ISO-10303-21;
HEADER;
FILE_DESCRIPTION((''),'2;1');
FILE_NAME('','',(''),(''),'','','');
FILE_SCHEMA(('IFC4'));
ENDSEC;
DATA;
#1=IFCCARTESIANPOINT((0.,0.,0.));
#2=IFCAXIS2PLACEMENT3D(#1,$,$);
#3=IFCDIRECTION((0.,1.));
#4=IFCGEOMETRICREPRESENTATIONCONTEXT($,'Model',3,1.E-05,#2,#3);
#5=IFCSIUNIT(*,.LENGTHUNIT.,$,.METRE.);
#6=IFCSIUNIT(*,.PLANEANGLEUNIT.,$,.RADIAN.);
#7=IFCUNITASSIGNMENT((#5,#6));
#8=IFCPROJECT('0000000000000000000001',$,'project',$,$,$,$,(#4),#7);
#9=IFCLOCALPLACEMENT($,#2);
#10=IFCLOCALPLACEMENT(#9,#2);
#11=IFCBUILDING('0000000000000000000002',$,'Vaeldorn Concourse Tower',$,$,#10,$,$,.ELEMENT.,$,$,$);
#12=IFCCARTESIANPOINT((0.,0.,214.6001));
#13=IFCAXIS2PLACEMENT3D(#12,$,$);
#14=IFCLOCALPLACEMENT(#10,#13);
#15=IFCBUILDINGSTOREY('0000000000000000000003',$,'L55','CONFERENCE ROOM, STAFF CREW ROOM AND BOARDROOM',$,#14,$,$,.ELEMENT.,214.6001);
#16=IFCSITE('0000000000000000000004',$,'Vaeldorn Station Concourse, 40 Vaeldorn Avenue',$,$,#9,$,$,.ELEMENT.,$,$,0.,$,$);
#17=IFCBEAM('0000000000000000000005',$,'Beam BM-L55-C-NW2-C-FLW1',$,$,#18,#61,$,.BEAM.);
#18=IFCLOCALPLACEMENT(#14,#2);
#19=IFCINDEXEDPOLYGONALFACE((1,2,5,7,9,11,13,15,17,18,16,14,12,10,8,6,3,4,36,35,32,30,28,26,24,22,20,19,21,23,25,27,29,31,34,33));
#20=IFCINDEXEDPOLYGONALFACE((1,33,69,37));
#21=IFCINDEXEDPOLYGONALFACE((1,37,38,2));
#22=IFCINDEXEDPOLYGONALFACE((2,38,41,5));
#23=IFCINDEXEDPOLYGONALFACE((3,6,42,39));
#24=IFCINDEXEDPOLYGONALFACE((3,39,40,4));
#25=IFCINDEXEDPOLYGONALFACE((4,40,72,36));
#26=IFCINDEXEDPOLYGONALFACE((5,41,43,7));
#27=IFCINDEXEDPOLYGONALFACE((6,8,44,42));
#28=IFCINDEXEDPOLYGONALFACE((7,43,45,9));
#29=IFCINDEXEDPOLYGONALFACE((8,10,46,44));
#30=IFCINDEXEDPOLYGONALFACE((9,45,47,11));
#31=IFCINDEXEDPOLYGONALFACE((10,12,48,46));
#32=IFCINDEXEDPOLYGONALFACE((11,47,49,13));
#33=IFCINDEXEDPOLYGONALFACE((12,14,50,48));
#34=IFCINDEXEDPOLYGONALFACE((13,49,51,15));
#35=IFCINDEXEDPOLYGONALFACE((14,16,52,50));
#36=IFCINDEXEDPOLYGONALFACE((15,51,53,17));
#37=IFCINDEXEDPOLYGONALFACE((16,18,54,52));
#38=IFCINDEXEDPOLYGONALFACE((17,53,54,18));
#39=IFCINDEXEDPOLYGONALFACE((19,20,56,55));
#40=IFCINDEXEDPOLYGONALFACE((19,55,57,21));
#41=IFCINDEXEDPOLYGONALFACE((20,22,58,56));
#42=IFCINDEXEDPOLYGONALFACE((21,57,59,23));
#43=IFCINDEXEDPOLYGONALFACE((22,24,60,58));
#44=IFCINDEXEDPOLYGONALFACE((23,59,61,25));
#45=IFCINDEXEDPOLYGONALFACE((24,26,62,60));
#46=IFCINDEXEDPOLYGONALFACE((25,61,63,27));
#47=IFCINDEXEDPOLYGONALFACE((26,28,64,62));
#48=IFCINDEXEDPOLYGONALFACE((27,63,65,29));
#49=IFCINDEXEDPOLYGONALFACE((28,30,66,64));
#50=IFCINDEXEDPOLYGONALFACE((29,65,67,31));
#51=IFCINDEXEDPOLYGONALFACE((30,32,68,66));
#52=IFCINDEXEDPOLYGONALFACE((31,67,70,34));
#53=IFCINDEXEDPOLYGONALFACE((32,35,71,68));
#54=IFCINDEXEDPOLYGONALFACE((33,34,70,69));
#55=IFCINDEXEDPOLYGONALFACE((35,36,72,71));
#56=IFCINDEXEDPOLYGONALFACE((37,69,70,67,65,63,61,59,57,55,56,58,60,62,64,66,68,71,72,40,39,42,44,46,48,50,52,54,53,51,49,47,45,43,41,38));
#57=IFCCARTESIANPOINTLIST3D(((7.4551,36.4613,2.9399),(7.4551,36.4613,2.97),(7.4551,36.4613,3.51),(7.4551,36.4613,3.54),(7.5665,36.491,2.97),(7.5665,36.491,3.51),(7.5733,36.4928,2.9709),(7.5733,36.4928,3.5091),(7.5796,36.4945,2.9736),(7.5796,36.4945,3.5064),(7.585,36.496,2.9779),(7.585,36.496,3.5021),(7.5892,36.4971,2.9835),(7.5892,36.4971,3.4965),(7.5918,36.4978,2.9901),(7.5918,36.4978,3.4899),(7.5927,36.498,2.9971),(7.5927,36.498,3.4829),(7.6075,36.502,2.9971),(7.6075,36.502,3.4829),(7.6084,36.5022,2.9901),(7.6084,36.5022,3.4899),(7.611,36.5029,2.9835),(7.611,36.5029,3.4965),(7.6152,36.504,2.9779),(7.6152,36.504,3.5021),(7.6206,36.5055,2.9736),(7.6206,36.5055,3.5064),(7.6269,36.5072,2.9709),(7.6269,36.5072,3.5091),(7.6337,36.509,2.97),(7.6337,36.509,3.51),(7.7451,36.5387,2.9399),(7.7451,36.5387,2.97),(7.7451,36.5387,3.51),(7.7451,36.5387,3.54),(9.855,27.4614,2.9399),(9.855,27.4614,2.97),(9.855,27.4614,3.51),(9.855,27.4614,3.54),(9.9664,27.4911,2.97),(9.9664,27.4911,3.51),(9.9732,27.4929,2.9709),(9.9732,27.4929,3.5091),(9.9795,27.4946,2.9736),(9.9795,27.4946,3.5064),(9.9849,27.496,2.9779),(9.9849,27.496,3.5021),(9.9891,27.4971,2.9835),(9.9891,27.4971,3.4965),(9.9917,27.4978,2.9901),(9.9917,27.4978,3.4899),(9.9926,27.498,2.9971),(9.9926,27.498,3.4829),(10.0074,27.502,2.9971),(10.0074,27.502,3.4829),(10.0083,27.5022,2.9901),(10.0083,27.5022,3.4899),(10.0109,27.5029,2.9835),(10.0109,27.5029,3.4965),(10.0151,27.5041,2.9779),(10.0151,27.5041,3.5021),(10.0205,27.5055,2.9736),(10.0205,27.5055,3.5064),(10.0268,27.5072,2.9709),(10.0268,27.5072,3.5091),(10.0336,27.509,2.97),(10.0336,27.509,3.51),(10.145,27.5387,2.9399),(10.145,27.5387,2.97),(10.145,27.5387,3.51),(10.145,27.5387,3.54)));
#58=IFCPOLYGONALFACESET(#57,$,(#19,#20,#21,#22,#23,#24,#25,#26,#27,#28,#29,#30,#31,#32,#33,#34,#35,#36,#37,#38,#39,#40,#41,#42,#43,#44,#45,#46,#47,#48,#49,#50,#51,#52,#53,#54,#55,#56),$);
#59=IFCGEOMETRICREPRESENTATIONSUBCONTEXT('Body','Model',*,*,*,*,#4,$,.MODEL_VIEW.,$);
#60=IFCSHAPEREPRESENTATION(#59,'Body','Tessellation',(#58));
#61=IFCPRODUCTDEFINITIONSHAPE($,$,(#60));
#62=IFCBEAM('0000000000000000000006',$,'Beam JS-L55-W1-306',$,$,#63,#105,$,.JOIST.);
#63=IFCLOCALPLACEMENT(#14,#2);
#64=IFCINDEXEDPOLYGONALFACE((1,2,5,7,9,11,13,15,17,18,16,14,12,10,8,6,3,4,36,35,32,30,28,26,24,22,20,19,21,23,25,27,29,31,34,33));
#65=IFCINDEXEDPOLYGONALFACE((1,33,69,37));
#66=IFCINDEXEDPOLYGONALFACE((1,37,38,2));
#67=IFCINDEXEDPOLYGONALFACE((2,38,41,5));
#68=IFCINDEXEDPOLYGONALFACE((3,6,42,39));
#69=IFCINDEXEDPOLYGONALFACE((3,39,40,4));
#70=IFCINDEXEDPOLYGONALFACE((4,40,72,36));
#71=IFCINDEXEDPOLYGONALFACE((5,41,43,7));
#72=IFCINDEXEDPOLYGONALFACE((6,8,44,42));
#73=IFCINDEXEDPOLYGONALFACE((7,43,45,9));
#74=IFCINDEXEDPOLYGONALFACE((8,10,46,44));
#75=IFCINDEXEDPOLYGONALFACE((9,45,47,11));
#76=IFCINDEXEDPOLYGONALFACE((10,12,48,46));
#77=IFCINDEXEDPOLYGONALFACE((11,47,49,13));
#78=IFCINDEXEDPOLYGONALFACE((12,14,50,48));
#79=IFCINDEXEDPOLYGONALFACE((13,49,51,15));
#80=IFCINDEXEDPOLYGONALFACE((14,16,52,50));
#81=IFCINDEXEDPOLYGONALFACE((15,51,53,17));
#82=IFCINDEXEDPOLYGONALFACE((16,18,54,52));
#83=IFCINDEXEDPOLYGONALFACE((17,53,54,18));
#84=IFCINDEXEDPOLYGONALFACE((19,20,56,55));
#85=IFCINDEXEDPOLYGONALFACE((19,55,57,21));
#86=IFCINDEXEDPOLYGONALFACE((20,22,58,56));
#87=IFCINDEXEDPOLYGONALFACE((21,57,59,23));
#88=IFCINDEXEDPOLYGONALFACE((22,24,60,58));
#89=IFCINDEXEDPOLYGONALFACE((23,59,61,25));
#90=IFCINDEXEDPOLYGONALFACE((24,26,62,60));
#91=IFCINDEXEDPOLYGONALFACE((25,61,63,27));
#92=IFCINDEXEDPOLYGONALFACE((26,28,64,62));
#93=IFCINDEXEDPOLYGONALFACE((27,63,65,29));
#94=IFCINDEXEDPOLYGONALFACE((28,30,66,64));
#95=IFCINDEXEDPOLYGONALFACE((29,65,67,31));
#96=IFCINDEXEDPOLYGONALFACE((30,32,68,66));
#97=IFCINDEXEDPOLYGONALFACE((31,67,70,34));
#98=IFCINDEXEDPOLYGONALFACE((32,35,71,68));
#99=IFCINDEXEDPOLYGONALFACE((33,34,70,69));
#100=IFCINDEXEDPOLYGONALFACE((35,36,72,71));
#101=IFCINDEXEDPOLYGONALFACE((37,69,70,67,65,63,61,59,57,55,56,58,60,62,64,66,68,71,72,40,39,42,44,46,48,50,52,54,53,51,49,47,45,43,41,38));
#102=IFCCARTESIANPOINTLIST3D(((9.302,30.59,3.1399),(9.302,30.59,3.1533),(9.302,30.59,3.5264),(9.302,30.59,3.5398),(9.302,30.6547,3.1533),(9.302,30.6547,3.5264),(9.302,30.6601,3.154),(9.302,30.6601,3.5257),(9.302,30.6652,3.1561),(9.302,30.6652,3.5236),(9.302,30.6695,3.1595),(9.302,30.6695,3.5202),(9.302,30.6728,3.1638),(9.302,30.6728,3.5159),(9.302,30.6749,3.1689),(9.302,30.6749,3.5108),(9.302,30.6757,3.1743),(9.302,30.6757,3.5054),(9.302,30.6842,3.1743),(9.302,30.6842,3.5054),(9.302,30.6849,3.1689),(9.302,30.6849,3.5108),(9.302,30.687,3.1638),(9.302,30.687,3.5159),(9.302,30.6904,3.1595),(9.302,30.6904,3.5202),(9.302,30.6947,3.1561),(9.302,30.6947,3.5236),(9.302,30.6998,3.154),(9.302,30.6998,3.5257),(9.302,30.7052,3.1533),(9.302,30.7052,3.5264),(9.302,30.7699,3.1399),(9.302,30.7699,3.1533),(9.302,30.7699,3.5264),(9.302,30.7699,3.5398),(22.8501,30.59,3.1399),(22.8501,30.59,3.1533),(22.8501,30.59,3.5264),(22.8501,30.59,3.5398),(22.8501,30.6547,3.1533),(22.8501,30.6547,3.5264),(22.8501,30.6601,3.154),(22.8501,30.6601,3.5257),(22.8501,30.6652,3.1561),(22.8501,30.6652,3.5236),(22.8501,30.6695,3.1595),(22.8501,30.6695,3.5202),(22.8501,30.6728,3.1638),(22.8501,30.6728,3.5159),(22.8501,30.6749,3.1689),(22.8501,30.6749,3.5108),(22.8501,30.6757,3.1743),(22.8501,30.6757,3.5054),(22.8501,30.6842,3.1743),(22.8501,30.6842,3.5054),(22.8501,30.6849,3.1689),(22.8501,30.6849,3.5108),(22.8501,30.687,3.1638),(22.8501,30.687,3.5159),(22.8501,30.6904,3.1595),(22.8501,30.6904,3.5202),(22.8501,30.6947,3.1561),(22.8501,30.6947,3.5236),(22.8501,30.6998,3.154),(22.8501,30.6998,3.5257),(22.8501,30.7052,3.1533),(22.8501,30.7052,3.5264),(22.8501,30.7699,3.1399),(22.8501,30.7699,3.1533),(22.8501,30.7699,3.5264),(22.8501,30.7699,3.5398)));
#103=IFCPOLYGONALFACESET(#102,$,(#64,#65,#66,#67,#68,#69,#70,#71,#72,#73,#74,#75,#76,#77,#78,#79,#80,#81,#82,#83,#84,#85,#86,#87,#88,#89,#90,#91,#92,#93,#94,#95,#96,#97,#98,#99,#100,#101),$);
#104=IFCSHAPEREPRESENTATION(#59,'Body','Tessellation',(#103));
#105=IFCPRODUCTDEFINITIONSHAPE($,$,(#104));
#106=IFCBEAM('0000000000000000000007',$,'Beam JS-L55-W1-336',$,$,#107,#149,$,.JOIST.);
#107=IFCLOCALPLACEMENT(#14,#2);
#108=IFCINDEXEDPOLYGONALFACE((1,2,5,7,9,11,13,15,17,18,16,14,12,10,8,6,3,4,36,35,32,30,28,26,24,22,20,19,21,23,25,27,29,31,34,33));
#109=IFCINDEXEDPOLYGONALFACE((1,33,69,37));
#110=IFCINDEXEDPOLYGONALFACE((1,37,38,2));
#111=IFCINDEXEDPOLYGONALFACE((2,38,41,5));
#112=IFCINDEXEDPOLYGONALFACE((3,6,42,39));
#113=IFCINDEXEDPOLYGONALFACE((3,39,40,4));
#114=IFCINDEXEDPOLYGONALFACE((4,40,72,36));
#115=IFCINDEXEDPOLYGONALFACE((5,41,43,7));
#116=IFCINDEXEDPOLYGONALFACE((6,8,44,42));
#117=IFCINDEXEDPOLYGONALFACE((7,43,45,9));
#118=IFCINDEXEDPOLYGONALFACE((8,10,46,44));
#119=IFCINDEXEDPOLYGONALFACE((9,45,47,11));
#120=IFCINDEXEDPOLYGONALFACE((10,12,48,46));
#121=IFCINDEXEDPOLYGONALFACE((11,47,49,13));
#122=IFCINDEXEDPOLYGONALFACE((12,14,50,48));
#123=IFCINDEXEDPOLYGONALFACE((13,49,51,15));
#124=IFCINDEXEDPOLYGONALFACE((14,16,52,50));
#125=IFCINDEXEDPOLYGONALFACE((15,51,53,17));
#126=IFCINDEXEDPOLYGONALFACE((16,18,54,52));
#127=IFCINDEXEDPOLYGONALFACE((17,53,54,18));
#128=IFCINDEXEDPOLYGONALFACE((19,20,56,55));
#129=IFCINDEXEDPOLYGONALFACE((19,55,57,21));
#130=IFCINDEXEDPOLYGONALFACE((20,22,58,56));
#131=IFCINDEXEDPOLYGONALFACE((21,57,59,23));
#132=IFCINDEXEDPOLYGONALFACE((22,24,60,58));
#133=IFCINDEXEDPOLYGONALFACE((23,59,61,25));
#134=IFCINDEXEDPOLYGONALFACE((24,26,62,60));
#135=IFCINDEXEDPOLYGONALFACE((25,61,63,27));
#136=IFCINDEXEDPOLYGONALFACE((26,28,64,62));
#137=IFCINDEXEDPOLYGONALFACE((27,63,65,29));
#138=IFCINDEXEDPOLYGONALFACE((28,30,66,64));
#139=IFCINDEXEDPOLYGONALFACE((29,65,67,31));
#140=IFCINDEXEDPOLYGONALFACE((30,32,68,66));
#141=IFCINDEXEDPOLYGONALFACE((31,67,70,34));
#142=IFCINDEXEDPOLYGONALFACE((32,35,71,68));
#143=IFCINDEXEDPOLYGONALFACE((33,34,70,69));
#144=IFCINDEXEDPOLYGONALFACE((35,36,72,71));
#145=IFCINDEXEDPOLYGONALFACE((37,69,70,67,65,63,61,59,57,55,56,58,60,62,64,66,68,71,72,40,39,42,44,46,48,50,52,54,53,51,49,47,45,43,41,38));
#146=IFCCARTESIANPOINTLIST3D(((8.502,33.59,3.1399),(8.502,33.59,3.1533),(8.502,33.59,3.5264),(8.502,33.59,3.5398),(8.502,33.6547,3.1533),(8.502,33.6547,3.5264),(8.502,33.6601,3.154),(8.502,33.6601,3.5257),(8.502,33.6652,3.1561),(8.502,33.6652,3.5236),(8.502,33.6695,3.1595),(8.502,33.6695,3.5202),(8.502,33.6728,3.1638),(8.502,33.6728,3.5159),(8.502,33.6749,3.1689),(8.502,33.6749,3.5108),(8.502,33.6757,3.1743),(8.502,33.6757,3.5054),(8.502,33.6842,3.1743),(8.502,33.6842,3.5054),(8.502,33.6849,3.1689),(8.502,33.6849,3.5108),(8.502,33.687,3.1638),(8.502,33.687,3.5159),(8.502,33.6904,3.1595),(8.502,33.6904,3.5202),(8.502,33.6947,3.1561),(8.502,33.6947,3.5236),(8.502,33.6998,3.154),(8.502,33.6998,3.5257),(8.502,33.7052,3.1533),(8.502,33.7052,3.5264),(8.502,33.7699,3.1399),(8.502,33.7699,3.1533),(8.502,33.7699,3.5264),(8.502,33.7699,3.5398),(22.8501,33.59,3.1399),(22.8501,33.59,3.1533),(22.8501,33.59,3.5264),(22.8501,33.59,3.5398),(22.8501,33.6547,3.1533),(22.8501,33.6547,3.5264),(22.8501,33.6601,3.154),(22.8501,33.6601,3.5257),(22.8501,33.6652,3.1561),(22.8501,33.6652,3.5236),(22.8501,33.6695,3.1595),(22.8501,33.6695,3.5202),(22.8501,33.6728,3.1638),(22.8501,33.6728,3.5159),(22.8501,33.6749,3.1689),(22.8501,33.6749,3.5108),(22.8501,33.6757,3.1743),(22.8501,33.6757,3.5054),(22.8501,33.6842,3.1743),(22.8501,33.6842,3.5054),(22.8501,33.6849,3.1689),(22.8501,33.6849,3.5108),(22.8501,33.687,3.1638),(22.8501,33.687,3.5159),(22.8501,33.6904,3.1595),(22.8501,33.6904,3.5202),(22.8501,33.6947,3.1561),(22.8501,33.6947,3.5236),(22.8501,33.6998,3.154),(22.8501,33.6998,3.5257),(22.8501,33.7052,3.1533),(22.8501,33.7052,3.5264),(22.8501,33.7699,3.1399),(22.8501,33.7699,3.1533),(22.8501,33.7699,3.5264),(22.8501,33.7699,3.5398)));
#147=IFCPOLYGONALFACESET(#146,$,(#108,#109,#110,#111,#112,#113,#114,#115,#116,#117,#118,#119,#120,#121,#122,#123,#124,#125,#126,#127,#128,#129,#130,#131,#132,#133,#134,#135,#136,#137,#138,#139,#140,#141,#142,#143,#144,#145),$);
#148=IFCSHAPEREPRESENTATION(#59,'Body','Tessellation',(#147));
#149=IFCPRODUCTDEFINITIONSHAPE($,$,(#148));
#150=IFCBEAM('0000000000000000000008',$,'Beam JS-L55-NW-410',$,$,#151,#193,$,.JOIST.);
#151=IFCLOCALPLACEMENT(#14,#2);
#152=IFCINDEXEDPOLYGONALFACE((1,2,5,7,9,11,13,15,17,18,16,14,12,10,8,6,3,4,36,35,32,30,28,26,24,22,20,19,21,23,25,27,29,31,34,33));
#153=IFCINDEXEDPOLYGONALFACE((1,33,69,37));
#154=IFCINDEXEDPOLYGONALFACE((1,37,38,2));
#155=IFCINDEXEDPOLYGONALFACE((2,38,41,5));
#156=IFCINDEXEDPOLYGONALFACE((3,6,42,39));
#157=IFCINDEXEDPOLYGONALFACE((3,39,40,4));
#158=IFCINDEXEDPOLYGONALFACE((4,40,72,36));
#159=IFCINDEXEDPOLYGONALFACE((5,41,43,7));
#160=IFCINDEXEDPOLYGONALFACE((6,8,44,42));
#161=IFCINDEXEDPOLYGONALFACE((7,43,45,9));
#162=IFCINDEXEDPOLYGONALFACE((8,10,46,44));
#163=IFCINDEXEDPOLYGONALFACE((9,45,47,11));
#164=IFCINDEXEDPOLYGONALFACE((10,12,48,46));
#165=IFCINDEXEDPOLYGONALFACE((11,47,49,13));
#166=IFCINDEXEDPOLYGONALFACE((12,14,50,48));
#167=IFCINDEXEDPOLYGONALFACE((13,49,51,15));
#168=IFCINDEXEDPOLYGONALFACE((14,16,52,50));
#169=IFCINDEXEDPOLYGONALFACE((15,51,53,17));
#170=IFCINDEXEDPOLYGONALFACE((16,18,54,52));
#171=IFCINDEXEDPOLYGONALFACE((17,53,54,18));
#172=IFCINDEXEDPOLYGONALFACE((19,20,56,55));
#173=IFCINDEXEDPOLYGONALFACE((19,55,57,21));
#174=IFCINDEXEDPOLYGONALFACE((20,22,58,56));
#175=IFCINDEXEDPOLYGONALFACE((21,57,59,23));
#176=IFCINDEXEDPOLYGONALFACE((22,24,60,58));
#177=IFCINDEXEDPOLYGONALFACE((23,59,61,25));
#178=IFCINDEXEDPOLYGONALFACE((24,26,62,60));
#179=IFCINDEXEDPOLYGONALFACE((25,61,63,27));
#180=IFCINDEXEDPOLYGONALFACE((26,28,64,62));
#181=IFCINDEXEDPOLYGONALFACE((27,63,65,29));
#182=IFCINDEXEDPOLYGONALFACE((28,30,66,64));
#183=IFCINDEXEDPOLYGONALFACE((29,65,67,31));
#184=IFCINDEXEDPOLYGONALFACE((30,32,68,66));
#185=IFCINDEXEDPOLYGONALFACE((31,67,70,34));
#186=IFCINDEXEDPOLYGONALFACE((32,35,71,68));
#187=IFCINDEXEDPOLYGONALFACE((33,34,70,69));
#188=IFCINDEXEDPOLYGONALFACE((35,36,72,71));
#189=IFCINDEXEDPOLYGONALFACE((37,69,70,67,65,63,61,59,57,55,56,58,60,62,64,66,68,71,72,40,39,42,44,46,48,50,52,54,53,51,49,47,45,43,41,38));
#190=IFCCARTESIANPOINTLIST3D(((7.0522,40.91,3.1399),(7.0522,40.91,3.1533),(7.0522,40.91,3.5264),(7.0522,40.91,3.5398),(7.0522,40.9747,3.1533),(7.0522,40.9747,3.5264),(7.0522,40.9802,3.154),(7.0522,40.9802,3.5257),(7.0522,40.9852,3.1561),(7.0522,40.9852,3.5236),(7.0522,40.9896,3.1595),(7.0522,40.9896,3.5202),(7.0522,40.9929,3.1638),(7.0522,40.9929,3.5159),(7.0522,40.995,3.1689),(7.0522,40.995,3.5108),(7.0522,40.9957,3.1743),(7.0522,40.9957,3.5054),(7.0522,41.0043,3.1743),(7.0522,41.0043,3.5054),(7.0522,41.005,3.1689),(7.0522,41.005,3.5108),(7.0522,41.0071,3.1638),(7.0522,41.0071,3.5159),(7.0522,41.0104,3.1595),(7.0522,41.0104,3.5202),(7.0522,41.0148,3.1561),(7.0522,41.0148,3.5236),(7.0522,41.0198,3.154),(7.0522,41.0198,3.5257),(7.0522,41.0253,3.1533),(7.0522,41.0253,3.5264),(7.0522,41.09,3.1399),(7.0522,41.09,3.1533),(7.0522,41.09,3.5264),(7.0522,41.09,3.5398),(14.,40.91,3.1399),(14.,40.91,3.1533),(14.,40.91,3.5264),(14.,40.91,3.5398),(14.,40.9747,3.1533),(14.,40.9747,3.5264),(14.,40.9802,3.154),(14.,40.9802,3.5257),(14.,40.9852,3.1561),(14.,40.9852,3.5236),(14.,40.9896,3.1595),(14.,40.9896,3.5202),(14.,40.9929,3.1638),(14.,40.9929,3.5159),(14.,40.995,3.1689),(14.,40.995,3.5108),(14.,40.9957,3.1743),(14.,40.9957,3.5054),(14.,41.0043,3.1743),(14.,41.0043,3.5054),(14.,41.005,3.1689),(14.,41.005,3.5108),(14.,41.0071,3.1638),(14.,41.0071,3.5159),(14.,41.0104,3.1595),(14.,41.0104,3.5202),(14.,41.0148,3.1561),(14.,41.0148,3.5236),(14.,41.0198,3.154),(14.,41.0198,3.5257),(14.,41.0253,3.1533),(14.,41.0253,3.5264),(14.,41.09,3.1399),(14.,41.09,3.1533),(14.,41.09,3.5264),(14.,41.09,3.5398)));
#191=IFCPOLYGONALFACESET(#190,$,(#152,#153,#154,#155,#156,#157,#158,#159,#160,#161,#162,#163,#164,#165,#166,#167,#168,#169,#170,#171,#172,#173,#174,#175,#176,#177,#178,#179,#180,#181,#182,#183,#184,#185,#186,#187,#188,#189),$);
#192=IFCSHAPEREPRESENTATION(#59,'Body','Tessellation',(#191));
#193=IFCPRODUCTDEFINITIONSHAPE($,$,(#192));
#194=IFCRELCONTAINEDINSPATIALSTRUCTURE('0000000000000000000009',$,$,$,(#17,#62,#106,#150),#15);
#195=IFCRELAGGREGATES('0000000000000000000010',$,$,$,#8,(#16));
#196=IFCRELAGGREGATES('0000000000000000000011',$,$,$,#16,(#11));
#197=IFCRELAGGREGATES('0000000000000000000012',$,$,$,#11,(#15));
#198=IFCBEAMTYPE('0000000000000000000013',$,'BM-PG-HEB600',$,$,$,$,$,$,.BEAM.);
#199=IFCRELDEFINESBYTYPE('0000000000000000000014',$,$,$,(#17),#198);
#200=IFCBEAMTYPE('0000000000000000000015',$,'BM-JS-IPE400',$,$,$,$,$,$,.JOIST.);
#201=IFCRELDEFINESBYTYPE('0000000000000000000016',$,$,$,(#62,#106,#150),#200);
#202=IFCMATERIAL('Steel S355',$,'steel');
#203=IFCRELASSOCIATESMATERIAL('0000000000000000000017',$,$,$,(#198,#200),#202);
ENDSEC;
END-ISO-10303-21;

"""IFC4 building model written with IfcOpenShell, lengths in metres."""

from ifc_helpers import new_model, si_unit, direction, frame, origin, origin_2d, place, context, subcontext, project, spatial, i_section, extrude, source, transform, mapped, material, material_profile, profile_set, type_object, element, save


model = new_model("IFC4")

# Units and contexts
model_context = context("Model", 3, precision=1e-05, world=origin(), true_north=direction((0.0, 1.0)))
body_context = subcontext(model_context, "Body", "Model", "MODEL_VIEW")
ifc_project = project(units=[si_unit("LENGTHUNIT", "METRE"), si_unit("PLANEANGLEUNIT", "RADIAN")], contexts=[model_context])

# Site, building, storey
site_placement = place(None, origin())
site = spatial("IfcSite", under=ifc_project, at=site_placement, Name="Vaeldorn Station Concourse, 40 Vaeldorn Avenue", CompositionType="ELEMENT", RefElevation=0.0)
building_placement = place(site_placement, origin())
building = spatial("IfcBuilding", under=site, at=building_placement, Name="Vaeldorn Concourse Tower", CompositionType="ELEMENT")
storey_placement = place(building_placement, frame((0.0, 0.0, 214.6001)))
storey = spatial("IfcBuildingStorey", under=building, at=storey_placement, Name="L55", Description="CONFERENCE ROOM, STAFF CREW ROOM AND BOARDROOM", CompositionType="ELEMENT", Elevation=214.6001)

# Beams
ifc_material_1 = material(Name="Steel S355", Category="steel")
ifc_material_profile_1 = material_profile(ifc_material_1, i_section(OverallWidth=0.3, OverallDepth=0.6001, WebThickness=0.0154, FlangeThickness=0.03, FilletRadius=0.0271, at=origin_2d()), Name="HEB 600")
ifc_profile_set_1 = profile_set([ifc_material_profile_1], Name="Steel S355")
beam_type_1 = type_object("IfcBeamType", Name="BM-PG-HEB600", PredefinedType="BEAM", material=ifc_profile_set_1)
shared_shape_1 = source(origin(), body_context, "Body", "SweptSolid", [
    extrude(i_section(OverallWidth=0.3, OverallDepth=0.6001, WebThickness=0.0154, FlangeThickness=0.03, FilletRadius=0.0271, at=origin_2d()), origin(), (0.0, 0.0, 1.0), 9.3145),
])
beam_1_placement = place(storey_placement, frame((7.6001, 36.5, 3.24), z_axis=(0.257653, -0.966238, 0.0), x_axis=(0.966238, 0.257653, 0.0)))
element("IfcBeam", 1, at=beam_1_placement, inside=storey, type_object=beam_type_1, Name="Beam BM-L55-C-NW2-C-FLW1", PredefinedType="BEAM", context=body_context, shape_type="MappedRepresentation", body=[
    mapped(shared_shape_1, transform((0.0, 0.0, 0.0), scale=1.0)),
])
ifc_material_profile_2 = material_profile(ifc_material_1, i_section(OverallWidth=0.1799, OverallDepth=0.3999, WebThickness=0.0085, FlangeThickness=0.0134, FilletRadius=0.021, at=origin_2d()), Name="IPE 400")
ifc_profile_set_2 = profile_set([ifc_material_profile_2], Name="Steel S355")
beam_type_2 = type_object("IfcBeamType", Name="BM-JS-IPE400", PredefinedType="JOIST", material=ifc_profile_set_2)
shared_shape_2 = source(origin(), body_context, "Body", "SweptSolid", [
    extrude(i_section(OverallWidth=0.1799, OverallDepth=0.3999, WebThickness=0.0085, FlangeThickness=0.0134, FilletRadius=0.021, at=origin_2d()), origin(), (0.0, 0.0, 1.0), 13.5481),
])
beam_2_placement = place(storey_placement, frame((9.302, 30.6799, 3.3398), z_axis=(1.0, 0.0, 0.0), x_axis=(0.0, 1.0, 0.0)))
element("IfcBeam", 2, at=beam_2_placement, inside=storey, type_object=beam_type_2, Name="Beam JS-L55-W1-306", PredefinedType="JOIST", context=body_context, shape_type="MappedRepresentation", body=[
    mapped(shared_shape_2, transform((0.0, 0.0, 0.0), scale=1.0)),
])
shared_shape_3 = source(origin(), body_context, "Body", "SweptSolid", [
    extrude(i_section(OverallWidth=0.1799, OverallDepth=0.3999, WebThickness=0.0085, FlangeThickness=0.0134, FilletRadius=0.021, at=origin_2d()), origin(), (0.0, 0.0, 1.0), 14.3481),
])
beam_3_placement = place(storey_placement, frame((8.502, 33.6799, 3.3398), z_axis=(1.0, 0.0, 0.0), x_axis=(0.0, 1.0, 0.0)))
element("IfcBeam", 3, at=beam_3_placement, inside=storey, type_object=beam_type_2, Name="Beam JS-L55-W1-336", PredefinedType="JOIST", context=body_context, shape_type="MappedRepresentation", body=[
    mapped(shared_shape_3, transform((0.0, 0.0, 0.0), scale=1.0)),
])
shared_shape_4 = source(origin(), body_context, "Body", "SweptSolid", [
    extrude(i_section(OverallWidth=0.1799, OverallDepth=0.3999, WebThickness=0.0085, FlangeThickness=0.0134, FilletRadius=0.021, at=origin_2d()), origin(), (0.0, 0.0, 1.0), 6.9478),
])
beam_4_placement = place(storey_placement, frame((7.0522, 41.0, 3.3398), z_axis=(1.0, 0.0, 0.0), x_axis=(0.0, 1.0, 0.0)))
element("IfcBeam", 4, at=beam_4_placement, inside=storey, type_object=beam_type_2, Name="Beam JS-L55-NW-410", PredefinedType="JOIST", context=body_context, shape_type="MappedRepresentation", body=[
    mapped(shared_shape_4, transform((0.0, 0.0, 0.0), scale=1.0)),
])

save(model, "model.ifc")
